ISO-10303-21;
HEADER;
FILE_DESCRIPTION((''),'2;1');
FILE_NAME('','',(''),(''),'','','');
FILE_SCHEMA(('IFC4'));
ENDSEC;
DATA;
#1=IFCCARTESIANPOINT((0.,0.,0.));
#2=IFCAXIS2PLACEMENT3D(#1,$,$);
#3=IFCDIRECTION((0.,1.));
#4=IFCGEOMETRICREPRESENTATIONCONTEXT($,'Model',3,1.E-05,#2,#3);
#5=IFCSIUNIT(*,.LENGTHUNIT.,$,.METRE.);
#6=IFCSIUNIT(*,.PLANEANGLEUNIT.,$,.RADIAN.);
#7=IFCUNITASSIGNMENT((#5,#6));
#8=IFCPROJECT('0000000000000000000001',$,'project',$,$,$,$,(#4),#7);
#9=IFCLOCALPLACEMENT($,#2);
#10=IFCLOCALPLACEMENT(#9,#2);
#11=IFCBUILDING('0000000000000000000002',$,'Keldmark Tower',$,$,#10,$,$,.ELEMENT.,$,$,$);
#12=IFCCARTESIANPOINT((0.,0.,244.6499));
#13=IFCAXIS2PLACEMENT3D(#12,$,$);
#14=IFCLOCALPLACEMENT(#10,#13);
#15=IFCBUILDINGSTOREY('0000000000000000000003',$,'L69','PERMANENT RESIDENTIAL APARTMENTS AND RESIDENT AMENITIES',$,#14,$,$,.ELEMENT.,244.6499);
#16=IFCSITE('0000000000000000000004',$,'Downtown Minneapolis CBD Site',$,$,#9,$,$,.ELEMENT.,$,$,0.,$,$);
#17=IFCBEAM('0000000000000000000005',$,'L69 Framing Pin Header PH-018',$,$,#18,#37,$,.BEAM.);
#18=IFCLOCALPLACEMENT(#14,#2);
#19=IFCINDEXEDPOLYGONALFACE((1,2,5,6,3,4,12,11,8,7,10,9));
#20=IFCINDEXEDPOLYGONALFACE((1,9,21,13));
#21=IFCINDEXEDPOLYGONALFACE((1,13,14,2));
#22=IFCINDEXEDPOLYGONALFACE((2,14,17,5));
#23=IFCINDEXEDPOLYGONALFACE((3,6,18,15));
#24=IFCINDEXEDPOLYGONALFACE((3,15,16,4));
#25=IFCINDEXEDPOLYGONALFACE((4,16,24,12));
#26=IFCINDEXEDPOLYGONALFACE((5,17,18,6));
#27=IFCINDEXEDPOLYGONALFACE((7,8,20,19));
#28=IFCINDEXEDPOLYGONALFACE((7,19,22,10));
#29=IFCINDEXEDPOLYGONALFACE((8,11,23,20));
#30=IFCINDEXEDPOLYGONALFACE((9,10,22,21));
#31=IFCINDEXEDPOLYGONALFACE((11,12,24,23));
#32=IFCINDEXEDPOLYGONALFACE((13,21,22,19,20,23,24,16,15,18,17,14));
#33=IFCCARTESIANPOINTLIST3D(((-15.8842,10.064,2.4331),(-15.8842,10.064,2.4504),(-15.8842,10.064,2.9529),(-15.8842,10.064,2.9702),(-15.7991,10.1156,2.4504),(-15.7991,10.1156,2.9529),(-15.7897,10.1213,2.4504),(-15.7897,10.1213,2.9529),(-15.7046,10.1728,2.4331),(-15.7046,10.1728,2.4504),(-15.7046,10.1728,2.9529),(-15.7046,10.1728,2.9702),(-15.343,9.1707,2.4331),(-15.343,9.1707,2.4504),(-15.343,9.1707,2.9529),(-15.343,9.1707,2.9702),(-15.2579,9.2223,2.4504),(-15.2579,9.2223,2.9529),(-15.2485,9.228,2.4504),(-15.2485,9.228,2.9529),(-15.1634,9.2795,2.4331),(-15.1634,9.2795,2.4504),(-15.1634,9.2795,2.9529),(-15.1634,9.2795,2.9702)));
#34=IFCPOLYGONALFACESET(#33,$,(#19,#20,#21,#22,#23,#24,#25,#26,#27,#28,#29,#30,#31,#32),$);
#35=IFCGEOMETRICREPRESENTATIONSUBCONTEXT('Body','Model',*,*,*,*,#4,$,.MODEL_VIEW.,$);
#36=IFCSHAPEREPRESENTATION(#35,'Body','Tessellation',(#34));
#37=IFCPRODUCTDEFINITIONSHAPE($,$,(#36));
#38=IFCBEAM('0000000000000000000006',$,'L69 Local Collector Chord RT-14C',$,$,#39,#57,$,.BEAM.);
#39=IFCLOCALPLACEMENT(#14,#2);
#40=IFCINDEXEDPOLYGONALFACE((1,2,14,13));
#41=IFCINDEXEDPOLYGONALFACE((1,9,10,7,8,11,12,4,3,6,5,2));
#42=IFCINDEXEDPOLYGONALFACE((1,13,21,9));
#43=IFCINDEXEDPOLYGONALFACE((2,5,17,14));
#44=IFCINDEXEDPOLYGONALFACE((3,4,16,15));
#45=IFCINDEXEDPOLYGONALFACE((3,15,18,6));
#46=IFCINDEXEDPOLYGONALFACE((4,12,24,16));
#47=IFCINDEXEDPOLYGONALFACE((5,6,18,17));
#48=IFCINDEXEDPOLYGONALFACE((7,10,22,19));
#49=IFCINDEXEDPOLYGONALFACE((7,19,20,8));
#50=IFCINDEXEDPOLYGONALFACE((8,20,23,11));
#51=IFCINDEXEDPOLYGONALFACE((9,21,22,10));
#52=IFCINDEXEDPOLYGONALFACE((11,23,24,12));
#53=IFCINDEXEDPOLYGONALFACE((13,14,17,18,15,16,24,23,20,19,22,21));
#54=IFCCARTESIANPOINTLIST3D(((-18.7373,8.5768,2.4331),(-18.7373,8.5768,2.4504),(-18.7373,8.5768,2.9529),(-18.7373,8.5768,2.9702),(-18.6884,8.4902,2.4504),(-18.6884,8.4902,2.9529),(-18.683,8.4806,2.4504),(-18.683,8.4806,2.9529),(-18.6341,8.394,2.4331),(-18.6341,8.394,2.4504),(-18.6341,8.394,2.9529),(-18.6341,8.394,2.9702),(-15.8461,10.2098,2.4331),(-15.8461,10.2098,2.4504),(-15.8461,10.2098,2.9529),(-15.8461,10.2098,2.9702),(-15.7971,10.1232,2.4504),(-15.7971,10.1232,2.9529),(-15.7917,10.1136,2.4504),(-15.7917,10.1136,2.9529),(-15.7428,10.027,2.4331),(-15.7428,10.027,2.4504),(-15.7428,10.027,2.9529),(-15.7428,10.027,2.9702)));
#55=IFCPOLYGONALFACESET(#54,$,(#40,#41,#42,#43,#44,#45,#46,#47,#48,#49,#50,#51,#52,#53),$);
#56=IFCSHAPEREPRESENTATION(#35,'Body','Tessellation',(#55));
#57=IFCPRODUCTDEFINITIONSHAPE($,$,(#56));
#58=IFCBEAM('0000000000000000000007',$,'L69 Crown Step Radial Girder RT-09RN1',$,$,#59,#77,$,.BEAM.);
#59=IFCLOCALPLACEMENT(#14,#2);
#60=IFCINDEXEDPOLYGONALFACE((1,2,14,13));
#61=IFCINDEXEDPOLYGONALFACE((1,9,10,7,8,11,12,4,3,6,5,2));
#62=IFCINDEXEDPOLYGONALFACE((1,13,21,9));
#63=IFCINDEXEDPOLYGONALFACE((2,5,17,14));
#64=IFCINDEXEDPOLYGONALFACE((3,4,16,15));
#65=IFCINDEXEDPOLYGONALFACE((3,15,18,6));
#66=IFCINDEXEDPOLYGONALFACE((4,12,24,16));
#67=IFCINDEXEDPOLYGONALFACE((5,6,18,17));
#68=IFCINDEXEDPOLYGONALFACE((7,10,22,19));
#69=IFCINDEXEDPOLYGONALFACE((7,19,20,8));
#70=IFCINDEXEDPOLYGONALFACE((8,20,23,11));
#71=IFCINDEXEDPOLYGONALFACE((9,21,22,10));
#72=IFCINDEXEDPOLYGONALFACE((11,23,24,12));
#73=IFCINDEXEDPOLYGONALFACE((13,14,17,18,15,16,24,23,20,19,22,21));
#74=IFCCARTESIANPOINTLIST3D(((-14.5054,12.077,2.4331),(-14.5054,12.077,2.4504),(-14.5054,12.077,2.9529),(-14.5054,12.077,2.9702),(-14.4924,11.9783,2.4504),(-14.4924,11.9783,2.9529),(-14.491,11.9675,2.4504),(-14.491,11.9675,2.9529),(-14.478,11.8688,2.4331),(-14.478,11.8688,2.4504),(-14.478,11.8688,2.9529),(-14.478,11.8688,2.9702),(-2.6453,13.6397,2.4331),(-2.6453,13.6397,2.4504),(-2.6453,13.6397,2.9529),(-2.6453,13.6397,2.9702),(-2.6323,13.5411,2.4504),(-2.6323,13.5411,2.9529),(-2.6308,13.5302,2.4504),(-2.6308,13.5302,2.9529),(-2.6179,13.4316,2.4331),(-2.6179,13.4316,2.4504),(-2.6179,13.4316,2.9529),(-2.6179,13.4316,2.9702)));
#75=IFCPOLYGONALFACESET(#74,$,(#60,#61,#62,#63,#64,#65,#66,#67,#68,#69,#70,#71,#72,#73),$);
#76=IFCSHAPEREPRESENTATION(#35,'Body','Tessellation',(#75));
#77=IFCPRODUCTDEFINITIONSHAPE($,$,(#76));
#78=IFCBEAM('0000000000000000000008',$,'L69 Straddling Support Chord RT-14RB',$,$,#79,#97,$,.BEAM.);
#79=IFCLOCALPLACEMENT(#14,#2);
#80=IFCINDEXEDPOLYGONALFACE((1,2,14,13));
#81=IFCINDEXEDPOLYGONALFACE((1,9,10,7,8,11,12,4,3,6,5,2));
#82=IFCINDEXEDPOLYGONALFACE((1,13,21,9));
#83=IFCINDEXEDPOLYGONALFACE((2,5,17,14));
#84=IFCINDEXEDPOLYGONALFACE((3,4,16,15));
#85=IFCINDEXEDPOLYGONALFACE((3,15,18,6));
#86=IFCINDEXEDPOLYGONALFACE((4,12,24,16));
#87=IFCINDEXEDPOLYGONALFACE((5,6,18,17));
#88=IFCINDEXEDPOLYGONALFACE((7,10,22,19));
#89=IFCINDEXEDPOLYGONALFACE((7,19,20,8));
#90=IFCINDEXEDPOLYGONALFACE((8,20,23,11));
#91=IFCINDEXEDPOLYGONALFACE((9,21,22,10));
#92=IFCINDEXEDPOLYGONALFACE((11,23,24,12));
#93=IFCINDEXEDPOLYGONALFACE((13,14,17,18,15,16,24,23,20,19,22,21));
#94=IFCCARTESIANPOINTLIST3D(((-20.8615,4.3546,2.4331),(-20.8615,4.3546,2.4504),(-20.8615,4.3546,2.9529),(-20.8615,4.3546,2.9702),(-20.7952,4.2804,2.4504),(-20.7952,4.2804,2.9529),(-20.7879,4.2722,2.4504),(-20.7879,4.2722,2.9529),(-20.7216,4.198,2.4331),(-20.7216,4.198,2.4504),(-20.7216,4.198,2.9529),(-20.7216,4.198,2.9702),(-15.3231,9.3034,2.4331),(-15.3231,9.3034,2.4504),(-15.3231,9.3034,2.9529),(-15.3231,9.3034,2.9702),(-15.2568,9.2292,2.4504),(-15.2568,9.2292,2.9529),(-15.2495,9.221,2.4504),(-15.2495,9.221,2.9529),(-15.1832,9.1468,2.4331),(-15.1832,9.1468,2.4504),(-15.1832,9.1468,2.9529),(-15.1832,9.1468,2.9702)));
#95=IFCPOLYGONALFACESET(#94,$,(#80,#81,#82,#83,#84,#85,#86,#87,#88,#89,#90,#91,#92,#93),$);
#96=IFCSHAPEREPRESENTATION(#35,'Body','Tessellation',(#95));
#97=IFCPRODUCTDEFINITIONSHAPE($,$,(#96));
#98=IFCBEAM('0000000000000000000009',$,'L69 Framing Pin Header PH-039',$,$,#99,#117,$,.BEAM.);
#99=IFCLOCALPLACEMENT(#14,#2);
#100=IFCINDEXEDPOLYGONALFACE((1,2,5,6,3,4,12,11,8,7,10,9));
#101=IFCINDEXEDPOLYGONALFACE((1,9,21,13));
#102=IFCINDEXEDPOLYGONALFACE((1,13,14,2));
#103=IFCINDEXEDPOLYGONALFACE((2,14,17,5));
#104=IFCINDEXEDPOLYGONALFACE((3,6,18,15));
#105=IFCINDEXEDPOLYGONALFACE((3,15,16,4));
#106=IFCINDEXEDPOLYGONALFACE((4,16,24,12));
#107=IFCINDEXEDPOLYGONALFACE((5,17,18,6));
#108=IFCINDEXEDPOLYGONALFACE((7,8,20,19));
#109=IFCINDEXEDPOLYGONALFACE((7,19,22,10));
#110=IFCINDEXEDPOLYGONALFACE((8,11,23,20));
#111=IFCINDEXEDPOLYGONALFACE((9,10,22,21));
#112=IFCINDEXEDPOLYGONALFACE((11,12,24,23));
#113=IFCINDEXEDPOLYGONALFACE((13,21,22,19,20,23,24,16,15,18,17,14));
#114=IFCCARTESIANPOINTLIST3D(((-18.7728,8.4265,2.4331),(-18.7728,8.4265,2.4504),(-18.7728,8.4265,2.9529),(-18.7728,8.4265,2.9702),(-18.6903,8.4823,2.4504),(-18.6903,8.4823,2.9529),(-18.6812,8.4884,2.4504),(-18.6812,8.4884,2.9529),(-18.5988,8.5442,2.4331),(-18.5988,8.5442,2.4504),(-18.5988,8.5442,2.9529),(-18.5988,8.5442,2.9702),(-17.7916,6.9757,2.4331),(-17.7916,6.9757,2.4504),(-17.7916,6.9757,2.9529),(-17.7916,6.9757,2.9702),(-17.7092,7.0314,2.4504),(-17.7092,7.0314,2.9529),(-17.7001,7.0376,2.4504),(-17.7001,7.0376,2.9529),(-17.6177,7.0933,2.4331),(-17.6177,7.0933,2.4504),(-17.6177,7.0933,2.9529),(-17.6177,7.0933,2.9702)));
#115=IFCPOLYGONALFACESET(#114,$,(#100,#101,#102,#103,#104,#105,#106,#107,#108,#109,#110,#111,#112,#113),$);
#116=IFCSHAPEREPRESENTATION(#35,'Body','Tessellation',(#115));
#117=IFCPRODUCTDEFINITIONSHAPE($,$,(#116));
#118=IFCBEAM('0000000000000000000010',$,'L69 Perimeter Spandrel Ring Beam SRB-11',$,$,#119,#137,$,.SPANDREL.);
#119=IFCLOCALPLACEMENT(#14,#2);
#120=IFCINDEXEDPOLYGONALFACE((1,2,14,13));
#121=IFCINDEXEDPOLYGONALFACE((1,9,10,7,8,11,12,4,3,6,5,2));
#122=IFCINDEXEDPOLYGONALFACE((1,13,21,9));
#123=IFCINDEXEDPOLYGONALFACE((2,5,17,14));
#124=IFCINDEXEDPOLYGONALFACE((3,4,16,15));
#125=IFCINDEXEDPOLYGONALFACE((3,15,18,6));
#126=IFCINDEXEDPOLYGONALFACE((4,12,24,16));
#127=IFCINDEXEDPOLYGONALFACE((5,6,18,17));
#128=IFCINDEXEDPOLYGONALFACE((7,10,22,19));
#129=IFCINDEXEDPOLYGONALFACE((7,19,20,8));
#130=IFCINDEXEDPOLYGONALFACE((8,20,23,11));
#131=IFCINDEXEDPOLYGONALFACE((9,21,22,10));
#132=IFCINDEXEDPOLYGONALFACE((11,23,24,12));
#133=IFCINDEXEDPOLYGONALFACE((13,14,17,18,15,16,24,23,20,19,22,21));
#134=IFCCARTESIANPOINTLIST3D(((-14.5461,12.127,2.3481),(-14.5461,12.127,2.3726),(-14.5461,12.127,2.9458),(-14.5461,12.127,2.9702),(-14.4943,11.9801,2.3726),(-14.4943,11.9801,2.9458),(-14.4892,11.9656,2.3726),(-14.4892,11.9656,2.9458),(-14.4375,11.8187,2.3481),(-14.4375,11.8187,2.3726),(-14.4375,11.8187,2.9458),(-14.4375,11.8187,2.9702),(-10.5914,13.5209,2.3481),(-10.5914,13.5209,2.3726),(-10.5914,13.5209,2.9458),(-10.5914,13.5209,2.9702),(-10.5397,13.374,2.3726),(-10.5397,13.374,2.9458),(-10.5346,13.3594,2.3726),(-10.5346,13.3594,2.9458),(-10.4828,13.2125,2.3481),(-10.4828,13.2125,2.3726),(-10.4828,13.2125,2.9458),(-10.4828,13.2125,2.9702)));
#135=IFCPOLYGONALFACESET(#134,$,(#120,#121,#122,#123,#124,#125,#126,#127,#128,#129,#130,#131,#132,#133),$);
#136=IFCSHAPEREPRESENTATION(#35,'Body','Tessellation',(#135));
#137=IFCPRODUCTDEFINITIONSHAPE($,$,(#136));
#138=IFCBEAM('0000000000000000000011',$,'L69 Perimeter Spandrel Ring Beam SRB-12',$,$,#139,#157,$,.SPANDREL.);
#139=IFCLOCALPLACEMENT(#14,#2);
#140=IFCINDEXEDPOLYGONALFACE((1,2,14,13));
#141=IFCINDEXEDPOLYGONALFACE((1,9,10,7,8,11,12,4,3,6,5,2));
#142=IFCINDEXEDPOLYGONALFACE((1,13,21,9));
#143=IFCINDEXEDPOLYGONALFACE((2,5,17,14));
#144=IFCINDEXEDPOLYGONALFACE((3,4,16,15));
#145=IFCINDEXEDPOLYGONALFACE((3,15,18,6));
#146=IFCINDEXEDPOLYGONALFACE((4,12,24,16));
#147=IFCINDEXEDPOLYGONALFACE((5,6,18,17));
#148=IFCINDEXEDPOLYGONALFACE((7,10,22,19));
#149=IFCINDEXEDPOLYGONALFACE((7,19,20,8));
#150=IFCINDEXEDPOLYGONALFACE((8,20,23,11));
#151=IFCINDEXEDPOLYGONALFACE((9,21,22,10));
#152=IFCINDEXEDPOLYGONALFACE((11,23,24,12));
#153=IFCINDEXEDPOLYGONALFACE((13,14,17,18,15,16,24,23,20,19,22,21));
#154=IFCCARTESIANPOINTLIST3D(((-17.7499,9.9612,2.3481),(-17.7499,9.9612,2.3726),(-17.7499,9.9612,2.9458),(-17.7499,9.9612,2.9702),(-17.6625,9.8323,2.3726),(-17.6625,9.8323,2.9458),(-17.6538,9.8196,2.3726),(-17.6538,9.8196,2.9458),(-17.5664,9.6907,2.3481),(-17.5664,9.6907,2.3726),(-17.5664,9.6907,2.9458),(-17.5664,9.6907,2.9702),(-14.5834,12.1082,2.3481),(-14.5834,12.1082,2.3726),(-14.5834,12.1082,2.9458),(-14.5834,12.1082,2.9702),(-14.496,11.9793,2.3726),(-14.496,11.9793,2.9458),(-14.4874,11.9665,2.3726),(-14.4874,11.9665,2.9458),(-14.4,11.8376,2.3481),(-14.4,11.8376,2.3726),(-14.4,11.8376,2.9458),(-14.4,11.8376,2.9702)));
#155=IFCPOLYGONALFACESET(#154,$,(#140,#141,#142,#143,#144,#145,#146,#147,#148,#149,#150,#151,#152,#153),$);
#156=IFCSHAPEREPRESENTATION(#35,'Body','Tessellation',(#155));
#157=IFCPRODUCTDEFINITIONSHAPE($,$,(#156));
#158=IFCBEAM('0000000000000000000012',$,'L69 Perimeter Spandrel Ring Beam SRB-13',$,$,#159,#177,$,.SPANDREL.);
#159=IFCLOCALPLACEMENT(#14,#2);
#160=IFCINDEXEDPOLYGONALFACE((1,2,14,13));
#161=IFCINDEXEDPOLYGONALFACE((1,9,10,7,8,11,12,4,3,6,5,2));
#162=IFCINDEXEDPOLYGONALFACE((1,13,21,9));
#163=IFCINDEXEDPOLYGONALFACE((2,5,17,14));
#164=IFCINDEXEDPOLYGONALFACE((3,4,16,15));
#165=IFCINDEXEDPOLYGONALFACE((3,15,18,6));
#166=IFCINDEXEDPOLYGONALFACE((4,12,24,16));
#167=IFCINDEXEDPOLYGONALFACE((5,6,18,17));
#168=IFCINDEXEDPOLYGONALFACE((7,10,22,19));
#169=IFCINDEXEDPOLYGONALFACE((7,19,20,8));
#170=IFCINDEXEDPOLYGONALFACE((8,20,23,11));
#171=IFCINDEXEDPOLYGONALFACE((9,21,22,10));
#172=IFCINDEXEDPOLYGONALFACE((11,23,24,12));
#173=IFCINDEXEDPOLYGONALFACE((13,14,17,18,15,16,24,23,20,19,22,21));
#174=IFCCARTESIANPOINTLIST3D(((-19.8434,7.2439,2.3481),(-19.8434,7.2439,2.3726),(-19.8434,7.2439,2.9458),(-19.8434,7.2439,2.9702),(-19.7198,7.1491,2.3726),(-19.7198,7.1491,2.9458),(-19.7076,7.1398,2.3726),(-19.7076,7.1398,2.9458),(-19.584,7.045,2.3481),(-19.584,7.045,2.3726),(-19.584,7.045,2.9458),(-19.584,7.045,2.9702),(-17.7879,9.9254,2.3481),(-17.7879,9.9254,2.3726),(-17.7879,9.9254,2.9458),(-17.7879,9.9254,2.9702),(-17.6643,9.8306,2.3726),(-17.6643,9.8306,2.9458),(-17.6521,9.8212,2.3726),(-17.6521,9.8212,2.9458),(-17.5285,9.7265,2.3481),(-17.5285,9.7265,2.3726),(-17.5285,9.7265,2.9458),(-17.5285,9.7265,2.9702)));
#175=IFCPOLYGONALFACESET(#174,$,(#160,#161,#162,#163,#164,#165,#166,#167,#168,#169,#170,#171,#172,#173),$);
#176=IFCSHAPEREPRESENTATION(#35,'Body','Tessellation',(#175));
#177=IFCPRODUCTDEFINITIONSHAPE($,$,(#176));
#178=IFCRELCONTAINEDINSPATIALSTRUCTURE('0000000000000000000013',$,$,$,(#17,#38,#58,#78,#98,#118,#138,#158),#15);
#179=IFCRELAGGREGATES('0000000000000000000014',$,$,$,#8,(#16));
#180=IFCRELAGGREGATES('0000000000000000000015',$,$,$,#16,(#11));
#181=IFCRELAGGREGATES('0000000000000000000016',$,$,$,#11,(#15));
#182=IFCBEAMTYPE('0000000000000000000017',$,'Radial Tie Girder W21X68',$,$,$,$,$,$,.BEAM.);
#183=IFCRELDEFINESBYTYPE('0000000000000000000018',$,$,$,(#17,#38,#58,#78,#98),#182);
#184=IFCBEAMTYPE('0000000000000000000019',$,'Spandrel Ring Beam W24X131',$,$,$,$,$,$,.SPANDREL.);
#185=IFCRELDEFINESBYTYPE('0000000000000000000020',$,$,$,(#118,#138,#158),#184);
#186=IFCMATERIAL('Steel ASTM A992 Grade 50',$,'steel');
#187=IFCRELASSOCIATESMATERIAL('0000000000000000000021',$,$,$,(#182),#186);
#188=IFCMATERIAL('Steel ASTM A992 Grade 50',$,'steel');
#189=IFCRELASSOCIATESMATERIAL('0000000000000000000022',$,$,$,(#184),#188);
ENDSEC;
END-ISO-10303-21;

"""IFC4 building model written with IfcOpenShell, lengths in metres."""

from ifc_helpers import new_model, si_unit, direction, frame, origin, origin_2d, place, context, subcontext, project, spatial, i_section, extrude, material, material_profile, profile_set, type_object, element, save


model = new_model("IFC4")

# Units and contexts
model_context = context("Model", 3, precision=1e-05, world=origin(), true_north=direction((0.0, 1.0)))
body_context = subcontext(model_context, "Body", "Model", "MODEL_VIEW")
ifc_project = project(units=[si_unit("LENGTHUNIT", "METRE"), si_unit("PLANEANGLEUNIT", "RADIAN")], contexts=[model_context])

# Site, building, storey
site_placement = place(None, origin())
site = spatial("IfcSite", under=ifc_project, at=site_placement, Name="Downtown Minneapolis CBD Site", CompositionType="ELEMENT", RefElevation=0.0)
building_placement = place(site_placement, origin())
building = spatial("IfcBuilding", under=site, at=building_placement, Name="Keldmark Tower", CompositionType="ELEMENT")
storey_placement = place(building_placement, frame((0.0, 0.0, 244.6499)))
storey = spatial("IfcBuildingStorey", under=building, at=storey_placement, Name="L69", Description="PERMANENT RESIDENTIAL APARTMENTS AND RESIDENT AMENITIES", CompositionType="ELEMENT", Elevation=244.6499)

# Beams
ifc_material_1 = material(Name="Steel ASTM A992 Grade 50", Category="steel")
ifc_material_profile_1 = material_profile(ifc_material_1, i_section(OverallWidth=0.21, OverallDepth=0.5371, WebThickness=0.011, FlangeThickness=0.0173, at=origin_2d()), Name="W21X68")
ifc_profile_set_1 = profile_set([ifc_material_profile_1], Name="Steel ASTM A992 Grade 50")
beam_type_1 = type_object("IfcBeamType", Name="Radial Tie Girder W21X68", PredefinedType="BEAM", material=ifc_profile_set_1)
beam_1_placement = place(storey_placement, frame((-15.7944, 10.1184, 2.7017), z_axis=(0.518203, -0.855257, 0.0), x_axis=(0.855257, 0.518203, 0.0)))
element("IfcBeam", 1, at=beam_1_placement, inside=storey, type_object=beam_type_1, Name="L69 Framing Pin Header PH-018", PredefinedType="BEAM", context=body_context, shape_type="SweptSolid", body=[
    extrude(i_section(OverallWidth=0.21, OverallDepth=0.5371, WebThickness=0.011, FlangeThickness=0.0173, at=origin_2d()), origin(), (0.0, 0.0, 1.0), 1.0444),
])
beam_2_placement = place(storey_placement, frame((-15.7944, 10.1184, 2.7017), z_axis=(-0.870716, -0.491786, 0.0), x_axis=(0.491786, -0.870716, 0.0)))
element("IfcBeam", 2, at=beam_2_placement, inside=storey, type_object=beam_type_1, Name="L69 Local Collector Chord RT-14C", PredefinedType="BEAM", context=body_context, shape_type="SweptSolid", body=[
    extrude(i_section(OverallWidth=0.21, OverallDepth=0.5371, WebThickness=0.011, FlangeThickness=0.0173, at=origin_2d()), origin(), (0.0, 0.0, 1.0), 3.3206),
])
beam_3_placement = place(storey_placement, frame((-14.4917, 11.9729, 2.7017), z_axis=(0.99143, 0.130636, 0.0), x_axis=(-0.130636, 0.99143, 0.0)))
element("IfcBeam", 3, at=beam_3_placement, inside=storey, type_object=beam_type_1, Name="L69 Crown Step Radial Girder RT-09RN1", PredefinedType="BEAM", context=body_context, shape_type="SweptSolid", body=[
    extrude(i_section(OverallWidth=0.21, OverallDepth=0.5371, WebThickness=0.011, FlangeThickness=0.0173, at=origin_2d()), origin(), (0.0, 0.0, 1.0), 11.9626),
])
beam_4_placement = place(storey_placement, frame((-15.2532, 9.2251, 2.7017), z_axis=(-0.745684, -0.6663, 0.0), x_axis=(0.6663, -0.745684, 0.0)))
element("IfcBeam", 4, at=beam_4_placement, inside=storey, type_object=beam_type_1, Name="L69 Straddling Support Chord RT-14RB", PredefinedType="BEAM", context=body_context, shape_type="SweptSolid", body=[
    extrude(i_section(OverallWidth=0.21, OverallDepth=0.5371, WebThickness=0.011, FlangeThickness=0.0173, at=origin_2d()), origin(), (0.0, 0.0, 1.0), 7.4272),
])
beam_5_placement = place(storey_placement, frame((-18.6858, 8.4854, 2.7017), z_axis=(0.560188, -0.828365, 0.0), x_axis=(0.828365, 0.560188, 0.0)))
element("IfcBeam", 5, at=beam_5_placement, inside=storey, type_object=beam_type_1, Name="L69 Framing Pin Header PH-039", PredefinedType="BEAM", context=body_context, shape_type="SweptSolid", body=[
    extrude(i_section(OverallWidth=0.21, OverallDepth=0.5371, WebThickness=0.011, FlangeThickness=0.0173, at=origin_2d()), origin(), (0.0, 0.0, 1.0), 1.7515),
])
ifc_material_2 = material(Name="Steel ASTM A992 Grade 50", Category="steel")
ifc_material_profile_2 = material_profile(ifc_material_2, i_section(OverallWidth=0.3269, OverallDepth=0.6221, WebThickness=0.0154, FlangeThickness=0.0244, at=origin_2d()), Name="W24X131")
ifc_profile_set_2 = profile_set([ifc_material_profile_2], Name="Steel ASTM A992 Grade 50")
beam_type_2 = type_object("IfcBeamType", Name="Spandrel Ring Beam W24X131", PredefinedType="SPANDREL", material=ifc_profile_set_2)
beam_6_placement = place(storey_placement, frame((-10.5371, 13.3667, 2.6592), z_axis=(-0.943135, -0.332409, 0.0), x_axis=(0.332409, -0.943135, 0.0)))
element("IfcBeam", 6, at=beam_6_placement, inside=storey, type_object=beam_type_2, Name="L69 Perimeter Spandrel Ring Beam SRB-11", PredefinedType="SPANDREL", context=body_context, shape_type="SweptSolid", body=[
    extrude(i_section(OverallWidth=0.3269, OverallDepth=0.6221, WebThickness=0.0154, FlangeThickness=0.0244, at=origin_2d()), origin(), (0.0, 0.0, 1.0), 4.1931),
])
beam_7_placement = place(storey_placement, frame((-14.4917, 11.9729, 2.6592), z_axis=(-0.827685, -0.561192, 0.0), x_axis=(0.561192, -0.827685, 0.0)))
element("IfcBeam", 7, at=beam_7_placement, inside=storey, type_object=beam_type_2, Name="L69 Perimeter Spandrel Ring Beam SRB-12", PredefinedType="SPANDREL", context=body_context, shape_type="SweptSolid", body=[
    extrude(i_section(OverallWidth=0.3269, OverallDepth=0.6221, WebThickness=0.0154, FlangeThickness=0.0244, at=origin_2d()), origin(), (0.0, 0.0, 1.0), 3.8257),
])
beam_8_placement = place(storey_placement, frame((-17.6582, 9.8259, 2.6592), z_axis=(-0.608372, -0.793652, 0.0), x_axis=(0.793652, -0.608372, 0.0)))
element("IfcBeam", 8, at=beam_8_placement, inside=storey, type_object=beam_type_2, Name="L69 Perimeter Spandrel Ring Beam SRB-13", PredefinedType="SPANDREL", context=body_context, shape_type="SweptSolid", body=[
    extrude(i_section(OverallWidth=0.3269, OverallDepth=0.6221, WebThickness=0.0154, FlangeThickness=0.0244, at=origin_2d()), origin(), (0.0, 0.0, 1.0), 3.3787),
])

save(model, "model.ifc")
